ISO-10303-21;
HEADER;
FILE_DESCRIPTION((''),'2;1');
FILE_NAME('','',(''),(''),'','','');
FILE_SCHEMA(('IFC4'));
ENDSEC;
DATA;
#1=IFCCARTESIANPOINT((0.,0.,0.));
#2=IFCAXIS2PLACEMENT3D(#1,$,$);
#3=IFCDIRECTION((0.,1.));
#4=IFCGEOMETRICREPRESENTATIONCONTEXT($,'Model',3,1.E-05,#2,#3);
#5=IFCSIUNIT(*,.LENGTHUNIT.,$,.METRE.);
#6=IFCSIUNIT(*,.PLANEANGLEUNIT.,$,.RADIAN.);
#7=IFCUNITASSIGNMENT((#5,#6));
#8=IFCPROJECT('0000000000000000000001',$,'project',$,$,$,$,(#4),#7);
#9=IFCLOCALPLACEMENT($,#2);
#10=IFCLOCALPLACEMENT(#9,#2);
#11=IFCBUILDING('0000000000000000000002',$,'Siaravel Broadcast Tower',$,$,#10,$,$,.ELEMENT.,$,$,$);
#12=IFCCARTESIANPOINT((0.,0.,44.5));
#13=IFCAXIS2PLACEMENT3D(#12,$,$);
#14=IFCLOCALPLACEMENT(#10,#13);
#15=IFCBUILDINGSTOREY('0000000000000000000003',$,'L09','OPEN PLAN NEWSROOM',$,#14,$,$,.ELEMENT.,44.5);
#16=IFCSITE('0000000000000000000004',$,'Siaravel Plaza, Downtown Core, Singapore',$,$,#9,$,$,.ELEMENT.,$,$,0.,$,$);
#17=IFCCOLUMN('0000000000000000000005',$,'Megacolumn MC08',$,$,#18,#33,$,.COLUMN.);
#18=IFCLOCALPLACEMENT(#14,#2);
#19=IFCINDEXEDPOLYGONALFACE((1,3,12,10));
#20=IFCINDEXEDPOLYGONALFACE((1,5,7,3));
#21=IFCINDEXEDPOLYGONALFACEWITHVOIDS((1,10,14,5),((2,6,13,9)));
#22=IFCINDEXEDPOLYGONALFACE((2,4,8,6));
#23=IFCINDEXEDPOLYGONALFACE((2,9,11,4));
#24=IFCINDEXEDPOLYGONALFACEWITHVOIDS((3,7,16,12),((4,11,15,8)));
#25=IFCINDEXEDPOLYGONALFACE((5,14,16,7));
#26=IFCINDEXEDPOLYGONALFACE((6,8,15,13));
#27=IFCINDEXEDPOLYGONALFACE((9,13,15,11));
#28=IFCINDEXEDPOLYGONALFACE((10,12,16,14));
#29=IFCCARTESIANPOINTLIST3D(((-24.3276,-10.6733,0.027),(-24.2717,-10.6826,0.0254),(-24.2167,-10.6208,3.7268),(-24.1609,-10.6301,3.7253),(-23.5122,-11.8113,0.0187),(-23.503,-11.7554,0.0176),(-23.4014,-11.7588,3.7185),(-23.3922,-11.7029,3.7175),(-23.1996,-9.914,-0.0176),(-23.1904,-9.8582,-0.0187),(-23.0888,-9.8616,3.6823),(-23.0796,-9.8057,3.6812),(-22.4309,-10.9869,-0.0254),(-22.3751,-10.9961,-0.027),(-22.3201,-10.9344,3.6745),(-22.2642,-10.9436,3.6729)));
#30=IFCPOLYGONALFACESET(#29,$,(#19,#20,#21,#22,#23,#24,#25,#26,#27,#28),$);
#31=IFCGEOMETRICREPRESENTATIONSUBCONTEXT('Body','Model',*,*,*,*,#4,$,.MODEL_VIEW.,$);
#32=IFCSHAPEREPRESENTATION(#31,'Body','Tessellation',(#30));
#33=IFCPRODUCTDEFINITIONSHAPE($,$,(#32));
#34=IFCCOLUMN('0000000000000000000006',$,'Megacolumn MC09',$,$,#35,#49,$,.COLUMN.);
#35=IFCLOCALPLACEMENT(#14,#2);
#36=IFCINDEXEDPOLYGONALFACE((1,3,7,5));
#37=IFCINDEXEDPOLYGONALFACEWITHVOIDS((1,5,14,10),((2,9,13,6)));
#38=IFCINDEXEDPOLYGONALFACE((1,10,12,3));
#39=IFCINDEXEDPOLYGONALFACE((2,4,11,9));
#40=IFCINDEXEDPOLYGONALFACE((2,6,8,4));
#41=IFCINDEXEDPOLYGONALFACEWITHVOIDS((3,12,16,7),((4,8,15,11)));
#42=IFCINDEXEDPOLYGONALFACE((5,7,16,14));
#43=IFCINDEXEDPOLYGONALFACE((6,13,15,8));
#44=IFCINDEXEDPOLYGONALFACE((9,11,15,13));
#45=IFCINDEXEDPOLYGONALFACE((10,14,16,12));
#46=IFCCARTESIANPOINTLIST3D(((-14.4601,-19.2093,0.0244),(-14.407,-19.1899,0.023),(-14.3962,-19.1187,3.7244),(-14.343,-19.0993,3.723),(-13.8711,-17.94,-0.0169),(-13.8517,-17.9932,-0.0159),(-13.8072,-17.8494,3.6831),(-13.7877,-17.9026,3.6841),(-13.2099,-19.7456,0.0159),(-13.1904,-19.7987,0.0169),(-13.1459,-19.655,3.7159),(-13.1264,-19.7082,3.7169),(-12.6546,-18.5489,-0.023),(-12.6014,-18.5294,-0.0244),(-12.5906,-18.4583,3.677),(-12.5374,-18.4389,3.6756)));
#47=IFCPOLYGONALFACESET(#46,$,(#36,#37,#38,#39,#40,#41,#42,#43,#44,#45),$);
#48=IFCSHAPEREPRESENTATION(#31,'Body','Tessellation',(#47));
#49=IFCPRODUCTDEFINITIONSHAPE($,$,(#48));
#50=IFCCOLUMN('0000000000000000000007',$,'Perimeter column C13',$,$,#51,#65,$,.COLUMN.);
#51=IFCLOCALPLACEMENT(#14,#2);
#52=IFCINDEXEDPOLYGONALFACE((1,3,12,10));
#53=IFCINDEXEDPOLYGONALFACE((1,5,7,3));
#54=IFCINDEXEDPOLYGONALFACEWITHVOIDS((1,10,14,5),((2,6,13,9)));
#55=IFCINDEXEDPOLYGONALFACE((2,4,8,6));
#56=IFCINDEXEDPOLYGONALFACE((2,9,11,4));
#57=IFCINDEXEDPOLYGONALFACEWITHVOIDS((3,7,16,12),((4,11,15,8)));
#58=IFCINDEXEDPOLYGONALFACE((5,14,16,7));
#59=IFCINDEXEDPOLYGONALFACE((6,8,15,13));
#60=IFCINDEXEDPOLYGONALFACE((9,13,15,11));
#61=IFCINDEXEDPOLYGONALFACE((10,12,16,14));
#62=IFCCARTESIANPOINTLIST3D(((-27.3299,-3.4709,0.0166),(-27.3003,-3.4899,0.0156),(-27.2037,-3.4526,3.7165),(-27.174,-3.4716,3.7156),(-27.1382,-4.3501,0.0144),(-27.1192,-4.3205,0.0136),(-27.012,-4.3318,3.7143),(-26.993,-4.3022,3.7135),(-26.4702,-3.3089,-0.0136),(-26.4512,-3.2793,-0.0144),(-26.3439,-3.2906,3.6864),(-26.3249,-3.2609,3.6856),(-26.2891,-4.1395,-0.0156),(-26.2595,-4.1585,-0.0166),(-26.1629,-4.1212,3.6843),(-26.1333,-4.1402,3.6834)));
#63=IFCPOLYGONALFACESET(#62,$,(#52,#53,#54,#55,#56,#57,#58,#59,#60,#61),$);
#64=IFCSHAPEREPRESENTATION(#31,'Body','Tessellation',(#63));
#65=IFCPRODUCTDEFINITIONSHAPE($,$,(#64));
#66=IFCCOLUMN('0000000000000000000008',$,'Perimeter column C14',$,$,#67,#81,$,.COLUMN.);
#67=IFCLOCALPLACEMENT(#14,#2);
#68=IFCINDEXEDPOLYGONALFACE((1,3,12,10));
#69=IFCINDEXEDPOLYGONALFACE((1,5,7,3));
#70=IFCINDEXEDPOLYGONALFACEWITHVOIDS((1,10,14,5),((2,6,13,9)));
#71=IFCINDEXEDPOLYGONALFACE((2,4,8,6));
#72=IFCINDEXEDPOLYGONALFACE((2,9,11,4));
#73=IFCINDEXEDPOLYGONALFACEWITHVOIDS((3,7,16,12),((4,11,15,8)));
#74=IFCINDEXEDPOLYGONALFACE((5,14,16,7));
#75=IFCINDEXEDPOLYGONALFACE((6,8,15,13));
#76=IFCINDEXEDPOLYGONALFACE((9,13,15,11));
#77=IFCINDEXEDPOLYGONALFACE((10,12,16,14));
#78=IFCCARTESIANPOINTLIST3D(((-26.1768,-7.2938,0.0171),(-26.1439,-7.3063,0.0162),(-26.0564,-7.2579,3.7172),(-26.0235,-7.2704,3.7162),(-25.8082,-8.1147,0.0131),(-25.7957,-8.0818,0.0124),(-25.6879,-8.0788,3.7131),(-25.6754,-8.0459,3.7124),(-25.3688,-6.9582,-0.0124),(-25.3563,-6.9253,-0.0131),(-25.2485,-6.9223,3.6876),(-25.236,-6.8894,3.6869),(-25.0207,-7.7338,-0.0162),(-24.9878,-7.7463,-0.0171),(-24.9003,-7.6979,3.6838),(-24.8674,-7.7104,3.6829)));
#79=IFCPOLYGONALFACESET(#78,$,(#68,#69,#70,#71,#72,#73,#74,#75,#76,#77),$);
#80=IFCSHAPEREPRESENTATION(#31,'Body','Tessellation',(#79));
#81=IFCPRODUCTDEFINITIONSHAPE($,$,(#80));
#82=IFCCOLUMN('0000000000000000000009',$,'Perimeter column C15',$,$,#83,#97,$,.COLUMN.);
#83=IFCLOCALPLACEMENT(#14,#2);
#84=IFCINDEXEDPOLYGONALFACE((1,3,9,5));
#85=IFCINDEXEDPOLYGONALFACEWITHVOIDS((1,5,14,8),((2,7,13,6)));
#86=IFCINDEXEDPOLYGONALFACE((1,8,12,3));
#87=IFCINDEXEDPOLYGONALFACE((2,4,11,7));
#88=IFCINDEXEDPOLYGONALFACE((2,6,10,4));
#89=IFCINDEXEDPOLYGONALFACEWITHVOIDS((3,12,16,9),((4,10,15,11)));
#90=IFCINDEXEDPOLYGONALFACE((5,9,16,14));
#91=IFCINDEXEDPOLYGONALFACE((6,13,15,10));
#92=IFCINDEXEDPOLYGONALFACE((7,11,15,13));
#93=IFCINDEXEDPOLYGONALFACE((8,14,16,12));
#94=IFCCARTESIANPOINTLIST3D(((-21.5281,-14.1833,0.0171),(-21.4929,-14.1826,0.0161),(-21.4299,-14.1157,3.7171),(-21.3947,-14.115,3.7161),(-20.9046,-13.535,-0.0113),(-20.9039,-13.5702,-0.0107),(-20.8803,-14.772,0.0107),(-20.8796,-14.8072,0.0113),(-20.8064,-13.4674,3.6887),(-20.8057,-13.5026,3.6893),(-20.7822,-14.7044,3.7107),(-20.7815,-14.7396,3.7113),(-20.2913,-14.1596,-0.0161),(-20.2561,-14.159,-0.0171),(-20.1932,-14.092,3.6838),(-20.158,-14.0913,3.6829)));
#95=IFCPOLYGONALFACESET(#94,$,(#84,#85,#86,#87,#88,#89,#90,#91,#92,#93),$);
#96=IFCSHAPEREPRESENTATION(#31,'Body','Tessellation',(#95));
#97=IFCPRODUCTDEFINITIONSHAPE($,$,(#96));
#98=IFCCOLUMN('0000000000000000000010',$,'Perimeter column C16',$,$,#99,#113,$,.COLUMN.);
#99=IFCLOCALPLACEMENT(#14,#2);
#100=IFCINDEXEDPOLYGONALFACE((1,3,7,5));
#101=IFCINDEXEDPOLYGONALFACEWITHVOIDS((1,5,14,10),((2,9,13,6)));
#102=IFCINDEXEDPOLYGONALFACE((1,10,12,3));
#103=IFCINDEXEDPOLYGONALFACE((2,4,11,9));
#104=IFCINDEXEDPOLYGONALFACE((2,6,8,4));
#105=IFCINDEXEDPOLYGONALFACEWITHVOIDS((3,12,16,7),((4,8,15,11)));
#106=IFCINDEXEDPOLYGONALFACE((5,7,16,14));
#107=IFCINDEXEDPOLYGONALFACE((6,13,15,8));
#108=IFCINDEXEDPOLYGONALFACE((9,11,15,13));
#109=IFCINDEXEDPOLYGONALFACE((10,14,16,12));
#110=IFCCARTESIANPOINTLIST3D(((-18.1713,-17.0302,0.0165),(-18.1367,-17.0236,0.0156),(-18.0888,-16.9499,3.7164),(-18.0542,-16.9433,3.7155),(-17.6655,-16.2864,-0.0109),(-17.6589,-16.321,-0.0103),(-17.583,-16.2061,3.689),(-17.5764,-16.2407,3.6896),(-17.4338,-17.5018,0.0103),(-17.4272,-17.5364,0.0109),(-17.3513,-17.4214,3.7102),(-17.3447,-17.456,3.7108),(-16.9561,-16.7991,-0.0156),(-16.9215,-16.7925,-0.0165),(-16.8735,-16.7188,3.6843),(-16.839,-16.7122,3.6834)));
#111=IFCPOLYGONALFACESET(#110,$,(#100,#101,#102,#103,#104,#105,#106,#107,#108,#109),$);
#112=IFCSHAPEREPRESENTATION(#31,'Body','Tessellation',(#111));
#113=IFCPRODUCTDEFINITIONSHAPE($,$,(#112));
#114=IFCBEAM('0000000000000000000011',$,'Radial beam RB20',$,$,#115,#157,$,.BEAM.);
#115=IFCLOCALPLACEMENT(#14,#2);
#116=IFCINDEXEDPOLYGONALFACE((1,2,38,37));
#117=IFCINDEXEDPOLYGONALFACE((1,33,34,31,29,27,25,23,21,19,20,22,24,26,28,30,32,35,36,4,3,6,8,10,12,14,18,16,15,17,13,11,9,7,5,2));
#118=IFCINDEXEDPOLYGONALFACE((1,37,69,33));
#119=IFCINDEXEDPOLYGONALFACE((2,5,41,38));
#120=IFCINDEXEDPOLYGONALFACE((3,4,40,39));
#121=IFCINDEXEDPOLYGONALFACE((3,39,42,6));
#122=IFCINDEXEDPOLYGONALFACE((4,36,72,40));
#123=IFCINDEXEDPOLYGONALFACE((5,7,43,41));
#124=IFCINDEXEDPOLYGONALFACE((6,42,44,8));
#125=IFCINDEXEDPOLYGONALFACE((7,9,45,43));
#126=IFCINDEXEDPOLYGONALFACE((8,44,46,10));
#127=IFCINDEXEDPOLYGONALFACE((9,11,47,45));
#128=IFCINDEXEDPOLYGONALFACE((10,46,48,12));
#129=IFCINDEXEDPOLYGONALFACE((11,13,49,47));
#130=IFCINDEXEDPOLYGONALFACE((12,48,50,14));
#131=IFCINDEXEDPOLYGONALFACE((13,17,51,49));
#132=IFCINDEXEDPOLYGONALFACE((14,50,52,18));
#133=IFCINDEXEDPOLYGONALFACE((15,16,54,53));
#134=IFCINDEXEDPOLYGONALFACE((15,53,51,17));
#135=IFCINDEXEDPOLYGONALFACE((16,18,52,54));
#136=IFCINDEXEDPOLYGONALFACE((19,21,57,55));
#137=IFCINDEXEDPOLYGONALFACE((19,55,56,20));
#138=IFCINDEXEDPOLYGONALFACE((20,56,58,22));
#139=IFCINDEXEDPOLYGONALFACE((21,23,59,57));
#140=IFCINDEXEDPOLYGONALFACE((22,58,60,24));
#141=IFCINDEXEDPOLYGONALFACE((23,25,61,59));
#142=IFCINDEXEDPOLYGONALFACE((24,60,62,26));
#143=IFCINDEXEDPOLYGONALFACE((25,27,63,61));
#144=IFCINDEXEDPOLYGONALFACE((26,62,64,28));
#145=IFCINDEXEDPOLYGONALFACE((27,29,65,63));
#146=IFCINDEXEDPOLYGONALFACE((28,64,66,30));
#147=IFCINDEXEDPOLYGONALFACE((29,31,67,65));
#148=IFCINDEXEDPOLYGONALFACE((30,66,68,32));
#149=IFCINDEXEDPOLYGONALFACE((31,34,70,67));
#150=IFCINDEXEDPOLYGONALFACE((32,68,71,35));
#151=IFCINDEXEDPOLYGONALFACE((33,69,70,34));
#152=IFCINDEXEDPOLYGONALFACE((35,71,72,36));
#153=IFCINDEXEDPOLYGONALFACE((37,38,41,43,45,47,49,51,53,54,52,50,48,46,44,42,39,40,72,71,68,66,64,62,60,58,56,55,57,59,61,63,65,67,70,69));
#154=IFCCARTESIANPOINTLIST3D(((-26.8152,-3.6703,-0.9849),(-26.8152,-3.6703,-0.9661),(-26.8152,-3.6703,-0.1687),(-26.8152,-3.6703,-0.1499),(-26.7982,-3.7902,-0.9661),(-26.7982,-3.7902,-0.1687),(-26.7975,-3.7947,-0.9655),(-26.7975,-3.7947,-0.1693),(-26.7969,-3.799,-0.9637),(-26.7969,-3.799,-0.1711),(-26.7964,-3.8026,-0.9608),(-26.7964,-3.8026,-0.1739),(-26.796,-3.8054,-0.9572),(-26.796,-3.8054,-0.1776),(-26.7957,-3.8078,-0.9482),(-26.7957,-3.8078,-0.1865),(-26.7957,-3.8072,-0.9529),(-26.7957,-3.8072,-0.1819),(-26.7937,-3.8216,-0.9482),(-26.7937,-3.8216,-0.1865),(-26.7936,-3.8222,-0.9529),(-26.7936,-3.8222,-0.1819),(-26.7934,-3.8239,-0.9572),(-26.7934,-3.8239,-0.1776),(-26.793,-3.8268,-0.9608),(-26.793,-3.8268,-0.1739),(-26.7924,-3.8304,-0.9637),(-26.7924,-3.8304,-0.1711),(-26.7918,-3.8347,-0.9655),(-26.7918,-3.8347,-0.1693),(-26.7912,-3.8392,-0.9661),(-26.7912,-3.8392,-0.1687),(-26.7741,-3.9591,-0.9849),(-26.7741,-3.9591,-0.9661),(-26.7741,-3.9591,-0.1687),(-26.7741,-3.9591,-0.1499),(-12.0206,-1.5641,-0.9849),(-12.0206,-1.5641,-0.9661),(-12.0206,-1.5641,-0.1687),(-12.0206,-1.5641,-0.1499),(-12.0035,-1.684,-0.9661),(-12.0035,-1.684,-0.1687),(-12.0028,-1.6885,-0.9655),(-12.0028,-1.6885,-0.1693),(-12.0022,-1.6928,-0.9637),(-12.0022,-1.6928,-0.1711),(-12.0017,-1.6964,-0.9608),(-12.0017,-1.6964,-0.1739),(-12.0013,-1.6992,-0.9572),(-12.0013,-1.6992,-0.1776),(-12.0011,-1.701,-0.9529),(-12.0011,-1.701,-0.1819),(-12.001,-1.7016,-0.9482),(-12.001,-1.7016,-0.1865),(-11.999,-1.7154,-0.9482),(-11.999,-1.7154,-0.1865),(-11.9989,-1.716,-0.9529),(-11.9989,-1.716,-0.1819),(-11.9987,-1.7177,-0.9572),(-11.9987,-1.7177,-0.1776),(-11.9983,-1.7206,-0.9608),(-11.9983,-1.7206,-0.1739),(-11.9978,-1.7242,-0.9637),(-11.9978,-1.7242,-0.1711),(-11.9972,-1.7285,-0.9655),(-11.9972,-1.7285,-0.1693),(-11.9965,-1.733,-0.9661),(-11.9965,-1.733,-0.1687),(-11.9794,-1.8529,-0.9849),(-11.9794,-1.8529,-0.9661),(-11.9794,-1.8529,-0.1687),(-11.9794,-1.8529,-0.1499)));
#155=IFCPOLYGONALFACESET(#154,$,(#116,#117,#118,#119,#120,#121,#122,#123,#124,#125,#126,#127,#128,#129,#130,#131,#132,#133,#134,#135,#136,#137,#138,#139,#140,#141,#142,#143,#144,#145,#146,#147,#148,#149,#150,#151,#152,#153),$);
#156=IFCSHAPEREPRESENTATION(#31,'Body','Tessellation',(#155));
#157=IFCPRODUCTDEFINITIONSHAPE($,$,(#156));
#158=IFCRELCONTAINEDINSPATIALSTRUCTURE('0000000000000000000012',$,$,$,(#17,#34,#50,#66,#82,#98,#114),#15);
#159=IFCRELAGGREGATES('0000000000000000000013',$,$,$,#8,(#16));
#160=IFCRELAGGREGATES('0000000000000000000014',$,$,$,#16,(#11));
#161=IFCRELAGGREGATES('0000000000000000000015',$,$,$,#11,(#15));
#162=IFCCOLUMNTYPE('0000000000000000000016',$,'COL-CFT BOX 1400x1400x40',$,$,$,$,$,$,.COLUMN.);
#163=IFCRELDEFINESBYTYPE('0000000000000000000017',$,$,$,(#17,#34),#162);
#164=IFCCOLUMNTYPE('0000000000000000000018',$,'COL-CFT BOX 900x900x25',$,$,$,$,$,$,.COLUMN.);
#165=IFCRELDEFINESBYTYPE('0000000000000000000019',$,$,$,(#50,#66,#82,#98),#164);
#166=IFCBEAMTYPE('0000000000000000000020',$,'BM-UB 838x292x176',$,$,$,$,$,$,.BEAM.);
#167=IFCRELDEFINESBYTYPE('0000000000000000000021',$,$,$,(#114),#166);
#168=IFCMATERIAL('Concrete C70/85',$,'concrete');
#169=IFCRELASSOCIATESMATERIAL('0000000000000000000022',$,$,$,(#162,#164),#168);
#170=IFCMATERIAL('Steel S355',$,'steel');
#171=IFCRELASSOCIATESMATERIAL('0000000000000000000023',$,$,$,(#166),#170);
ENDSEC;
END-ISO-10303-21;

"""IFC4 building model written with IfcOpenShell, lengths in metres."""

from ifc_helpers import new_model, si_unit, direction, frame, origin, origin_2d, place, context, subcontext, project, spatial, hollow_rectangle, i_section, extrude, material, material_profile, profile_set, type_object, element, save


model = new_model("IFC4")

# Units and contexts
model_context = context("Model", 3, precision=1e-05, world=origin(), true_north=direction((0.0, 1.0)))
body_context = subcontext(model_context, "Body", "Model", "MODEL_VIEW")
ifc_project = project(units=[si_unit("LENGTHUNIT", "METRE"), si_unit("PLANEANGLEUNIT", "RADIAN")], contexts=[model_context])

# Site, building, storey
site_placement = place(None, origin())
site = spatial("IfcSite", under=ifc_project, at=site_placement, Name="Siaravel Plaza, Downtown Core, Singapore", CompositionType="ELEMENT", RefElevation=0.0)
building_placement = place(site_placement, origin())
building = spatial("IfcBuilding", under=site, at=building_placement, Name="Siaravel Broadcast Tower", CompositionType="ELEMENT")
storey_placement = place(building_placement, frame((0.0, 0.0, 44.5)))
storey = spatial("IfcBuildingStorey", under=building, at=storey_placement, Name="L09", Description="OPEN PLAN NEWSROOM", CompositionType="ELEMENT", Elevation=44.5)

# Columns
ifc_material_1 = material(Name="Concrete C70/85", Category="concrete")
ifc_material_profile_1 = material_profile(ifc_material_1, hollow_rectangle(XDim=1.3999, YDim=1.3999, WallThickness=0.04, at=origin_2d()))
ifc_profile_set_1 = profile_set([ifc_material_profile_1], Name="Concrete C70/85")
column_type_1 = type_object("IfcColumnType", Name="COL-CFT BOX 1400x1400x40", PredefinedType="COLUMN", material=ifc_profile_set_1)
column_1_placement = place(storey_placement, frame((-23.3513, -10.8347, 0.0), z_axis=(0.029941, 0.014179, 0.999451), x_axis=(-0.582428, 0.812861, 0.005916)))
element("IfcColumn", 1, at=column_1_placement, inside=storey, type_object=column_type_1, Name="Megacolumn MC08", PredefinedType="COLUMN", context=body_context, shape_type="SweptSolid", body=[
    extrude(hollow_rectangle(XDim=1.3999, YDim=1.3999, WallThickness=0.04, at=origin_2d()), origin(), (0.0, 0.0, 1.0), 3.7019),
])
column_2_placement = place(storey_placement, frame((-13.5308, -18.8694, 0.0), z_axis=(0.01728, 0.024469, 0.999551), x_axis=(-0.907022, 0.42105, 0.005373)))
element("IfcColumn", 2, at=column_2_placement, inside=storey, type_object=column_type_1, Name="Megacolumn MC09", PredefinedType="COLUMN", context=body_context, shape_type="SweptSolid", body=[
    extrude(hollow_rectangle(XDim=1.3999, YDim=1.3999, WallThickness=0.04, at=origin_2d()), origin(), (0.0, 0.0, 1.0), 3.7017),
])
ifc_material_profile_2 = material_profile(ifc_material_1, hollow_rectangle(XDim=0.8999, YDim=0.8999, WallThickness=0.0249, at=origin_2d()))
ifc_profile_set_2 = profile_set([ifc_material_profile_2], Name="Concrete C70/85")
column_type_2 = type_object("IfcColumnType", Name="COL-CFT BOX 900x900x25", PredefinedType="COLUMN", material=ifc_profile_set_2)
for number, where, z_axis, x_axis, name in (
    (3, (-26.7947, -3.8147, 0.0), (0.034094, 0.004946, 0.999406), (-0.212992, 0.977051, 0.002431), "Perimeter column C13"),
    (4, (-25.5823, -7.52, 0.0), (0.032512, 0.009694, 0.999424), (-0.409536, 0.912283, 0.004473), "Perimeter column C14"),
):
    element("IfcColumn", number, at=place(storey_placement, frame(where, z_axis=z_axis, x_axis=x_axis)), inside=storey, type_object=column_type_2, Name=name, PredefinedType="COLUMN", context=body_context, shape_type="SweptSolid", body=[
        extrude(hollow_rectangle(XDim=0.8999, YDim=0.8999, WallThickness=0.0249, at=origin_2d()), origin(), (0.0, 0.0, 1.0), 3.7021),
    ])
column_3_placement = place(storey_placement, frame((-20.8921, -14.1711, 0.0), z_axis=(0.026512, 0.018268, 0.999482), x_axis=(-0.720586, 0.693335, 0.006442)))
element("IfcColumn", 5, at=column_3_placement, inside=storey, type_object=column_type_2, Name="Perimeter column C15", PredefinedType="COLUMN", context=body_context, shape_type="SweptSolid", body=[
    extrude(hollow_rectangle(XDim=0.8999, YDim=0.8999, WallThickness=0.0249, at=origin_2d()), origin(), (0.0, 0.0, 1.0), 3.7019),
])
column_4_placement = place(storey_placement, frame((-17.5464, -16.9114, 0.0), z_axis=(0.022292, 0.021698, 0.999516), x_axis=(-0.826824, 0.562426, 0.006231)))
element("IfcColumn", 6, at=column_4_placement, inside=storey, type_object=column_type_2, Name="Perimeter column C16", PredefinedType="COLUMN", context=body_context, shape_type="SweptSolid", body=[
    extrude(hollow_rectangle(XDim=0.8999, YDim=0.8999, WallThickness=0.0249, at=origin_2d()), origin(), (0.0, 0.0, 1.0), 3.7017),
])

# Beam
ifc_material_2 = material(Name="Steel S355", Category="steel")
ifc_material_profile_3 = material_profile(ifc_material_2, i_section(OverallWidth=0.2917, OverallDepth=0.835, WebThickness=0.0139, FlangeThickness=0.0188, FilletRadius=0.0178, at=origin_2d()))
ifc_profile_set_3 = profile_set([ifc_material_profile_3], Name="Steel S355")
beam_type = type_object("IfcBeamType", Name="BM-UB 838x292x176", PredefinedType="BEAM", material=ifc_profile_set_3)
beam_1_placement = place(storey_placement, frame((-26.7947, -3.8147, -0.5674), z_axis=(0.990018, 0.140941, 0.0), x_axis=(-0.140941, 0.990018, 0.0)))
element("IfcBeam", 7, at=beam_1_placement, inside=storey, type_object=beam_type, Name="Radial beam RB20", PredefinedType="BEAM", context=body_context, shape_type="SweptSolid", body=[
    extrude(i_section(OverallWidth=0.2917, OverallDepth=0.835, WebThickness=0.0139, FlangeThickness=0.0188, FilletRadius=0.0178, at=origin_2d()), origin(), (0.0, 0.0, 1.0), 14.9438),
])

save(model, "model.ifc")
